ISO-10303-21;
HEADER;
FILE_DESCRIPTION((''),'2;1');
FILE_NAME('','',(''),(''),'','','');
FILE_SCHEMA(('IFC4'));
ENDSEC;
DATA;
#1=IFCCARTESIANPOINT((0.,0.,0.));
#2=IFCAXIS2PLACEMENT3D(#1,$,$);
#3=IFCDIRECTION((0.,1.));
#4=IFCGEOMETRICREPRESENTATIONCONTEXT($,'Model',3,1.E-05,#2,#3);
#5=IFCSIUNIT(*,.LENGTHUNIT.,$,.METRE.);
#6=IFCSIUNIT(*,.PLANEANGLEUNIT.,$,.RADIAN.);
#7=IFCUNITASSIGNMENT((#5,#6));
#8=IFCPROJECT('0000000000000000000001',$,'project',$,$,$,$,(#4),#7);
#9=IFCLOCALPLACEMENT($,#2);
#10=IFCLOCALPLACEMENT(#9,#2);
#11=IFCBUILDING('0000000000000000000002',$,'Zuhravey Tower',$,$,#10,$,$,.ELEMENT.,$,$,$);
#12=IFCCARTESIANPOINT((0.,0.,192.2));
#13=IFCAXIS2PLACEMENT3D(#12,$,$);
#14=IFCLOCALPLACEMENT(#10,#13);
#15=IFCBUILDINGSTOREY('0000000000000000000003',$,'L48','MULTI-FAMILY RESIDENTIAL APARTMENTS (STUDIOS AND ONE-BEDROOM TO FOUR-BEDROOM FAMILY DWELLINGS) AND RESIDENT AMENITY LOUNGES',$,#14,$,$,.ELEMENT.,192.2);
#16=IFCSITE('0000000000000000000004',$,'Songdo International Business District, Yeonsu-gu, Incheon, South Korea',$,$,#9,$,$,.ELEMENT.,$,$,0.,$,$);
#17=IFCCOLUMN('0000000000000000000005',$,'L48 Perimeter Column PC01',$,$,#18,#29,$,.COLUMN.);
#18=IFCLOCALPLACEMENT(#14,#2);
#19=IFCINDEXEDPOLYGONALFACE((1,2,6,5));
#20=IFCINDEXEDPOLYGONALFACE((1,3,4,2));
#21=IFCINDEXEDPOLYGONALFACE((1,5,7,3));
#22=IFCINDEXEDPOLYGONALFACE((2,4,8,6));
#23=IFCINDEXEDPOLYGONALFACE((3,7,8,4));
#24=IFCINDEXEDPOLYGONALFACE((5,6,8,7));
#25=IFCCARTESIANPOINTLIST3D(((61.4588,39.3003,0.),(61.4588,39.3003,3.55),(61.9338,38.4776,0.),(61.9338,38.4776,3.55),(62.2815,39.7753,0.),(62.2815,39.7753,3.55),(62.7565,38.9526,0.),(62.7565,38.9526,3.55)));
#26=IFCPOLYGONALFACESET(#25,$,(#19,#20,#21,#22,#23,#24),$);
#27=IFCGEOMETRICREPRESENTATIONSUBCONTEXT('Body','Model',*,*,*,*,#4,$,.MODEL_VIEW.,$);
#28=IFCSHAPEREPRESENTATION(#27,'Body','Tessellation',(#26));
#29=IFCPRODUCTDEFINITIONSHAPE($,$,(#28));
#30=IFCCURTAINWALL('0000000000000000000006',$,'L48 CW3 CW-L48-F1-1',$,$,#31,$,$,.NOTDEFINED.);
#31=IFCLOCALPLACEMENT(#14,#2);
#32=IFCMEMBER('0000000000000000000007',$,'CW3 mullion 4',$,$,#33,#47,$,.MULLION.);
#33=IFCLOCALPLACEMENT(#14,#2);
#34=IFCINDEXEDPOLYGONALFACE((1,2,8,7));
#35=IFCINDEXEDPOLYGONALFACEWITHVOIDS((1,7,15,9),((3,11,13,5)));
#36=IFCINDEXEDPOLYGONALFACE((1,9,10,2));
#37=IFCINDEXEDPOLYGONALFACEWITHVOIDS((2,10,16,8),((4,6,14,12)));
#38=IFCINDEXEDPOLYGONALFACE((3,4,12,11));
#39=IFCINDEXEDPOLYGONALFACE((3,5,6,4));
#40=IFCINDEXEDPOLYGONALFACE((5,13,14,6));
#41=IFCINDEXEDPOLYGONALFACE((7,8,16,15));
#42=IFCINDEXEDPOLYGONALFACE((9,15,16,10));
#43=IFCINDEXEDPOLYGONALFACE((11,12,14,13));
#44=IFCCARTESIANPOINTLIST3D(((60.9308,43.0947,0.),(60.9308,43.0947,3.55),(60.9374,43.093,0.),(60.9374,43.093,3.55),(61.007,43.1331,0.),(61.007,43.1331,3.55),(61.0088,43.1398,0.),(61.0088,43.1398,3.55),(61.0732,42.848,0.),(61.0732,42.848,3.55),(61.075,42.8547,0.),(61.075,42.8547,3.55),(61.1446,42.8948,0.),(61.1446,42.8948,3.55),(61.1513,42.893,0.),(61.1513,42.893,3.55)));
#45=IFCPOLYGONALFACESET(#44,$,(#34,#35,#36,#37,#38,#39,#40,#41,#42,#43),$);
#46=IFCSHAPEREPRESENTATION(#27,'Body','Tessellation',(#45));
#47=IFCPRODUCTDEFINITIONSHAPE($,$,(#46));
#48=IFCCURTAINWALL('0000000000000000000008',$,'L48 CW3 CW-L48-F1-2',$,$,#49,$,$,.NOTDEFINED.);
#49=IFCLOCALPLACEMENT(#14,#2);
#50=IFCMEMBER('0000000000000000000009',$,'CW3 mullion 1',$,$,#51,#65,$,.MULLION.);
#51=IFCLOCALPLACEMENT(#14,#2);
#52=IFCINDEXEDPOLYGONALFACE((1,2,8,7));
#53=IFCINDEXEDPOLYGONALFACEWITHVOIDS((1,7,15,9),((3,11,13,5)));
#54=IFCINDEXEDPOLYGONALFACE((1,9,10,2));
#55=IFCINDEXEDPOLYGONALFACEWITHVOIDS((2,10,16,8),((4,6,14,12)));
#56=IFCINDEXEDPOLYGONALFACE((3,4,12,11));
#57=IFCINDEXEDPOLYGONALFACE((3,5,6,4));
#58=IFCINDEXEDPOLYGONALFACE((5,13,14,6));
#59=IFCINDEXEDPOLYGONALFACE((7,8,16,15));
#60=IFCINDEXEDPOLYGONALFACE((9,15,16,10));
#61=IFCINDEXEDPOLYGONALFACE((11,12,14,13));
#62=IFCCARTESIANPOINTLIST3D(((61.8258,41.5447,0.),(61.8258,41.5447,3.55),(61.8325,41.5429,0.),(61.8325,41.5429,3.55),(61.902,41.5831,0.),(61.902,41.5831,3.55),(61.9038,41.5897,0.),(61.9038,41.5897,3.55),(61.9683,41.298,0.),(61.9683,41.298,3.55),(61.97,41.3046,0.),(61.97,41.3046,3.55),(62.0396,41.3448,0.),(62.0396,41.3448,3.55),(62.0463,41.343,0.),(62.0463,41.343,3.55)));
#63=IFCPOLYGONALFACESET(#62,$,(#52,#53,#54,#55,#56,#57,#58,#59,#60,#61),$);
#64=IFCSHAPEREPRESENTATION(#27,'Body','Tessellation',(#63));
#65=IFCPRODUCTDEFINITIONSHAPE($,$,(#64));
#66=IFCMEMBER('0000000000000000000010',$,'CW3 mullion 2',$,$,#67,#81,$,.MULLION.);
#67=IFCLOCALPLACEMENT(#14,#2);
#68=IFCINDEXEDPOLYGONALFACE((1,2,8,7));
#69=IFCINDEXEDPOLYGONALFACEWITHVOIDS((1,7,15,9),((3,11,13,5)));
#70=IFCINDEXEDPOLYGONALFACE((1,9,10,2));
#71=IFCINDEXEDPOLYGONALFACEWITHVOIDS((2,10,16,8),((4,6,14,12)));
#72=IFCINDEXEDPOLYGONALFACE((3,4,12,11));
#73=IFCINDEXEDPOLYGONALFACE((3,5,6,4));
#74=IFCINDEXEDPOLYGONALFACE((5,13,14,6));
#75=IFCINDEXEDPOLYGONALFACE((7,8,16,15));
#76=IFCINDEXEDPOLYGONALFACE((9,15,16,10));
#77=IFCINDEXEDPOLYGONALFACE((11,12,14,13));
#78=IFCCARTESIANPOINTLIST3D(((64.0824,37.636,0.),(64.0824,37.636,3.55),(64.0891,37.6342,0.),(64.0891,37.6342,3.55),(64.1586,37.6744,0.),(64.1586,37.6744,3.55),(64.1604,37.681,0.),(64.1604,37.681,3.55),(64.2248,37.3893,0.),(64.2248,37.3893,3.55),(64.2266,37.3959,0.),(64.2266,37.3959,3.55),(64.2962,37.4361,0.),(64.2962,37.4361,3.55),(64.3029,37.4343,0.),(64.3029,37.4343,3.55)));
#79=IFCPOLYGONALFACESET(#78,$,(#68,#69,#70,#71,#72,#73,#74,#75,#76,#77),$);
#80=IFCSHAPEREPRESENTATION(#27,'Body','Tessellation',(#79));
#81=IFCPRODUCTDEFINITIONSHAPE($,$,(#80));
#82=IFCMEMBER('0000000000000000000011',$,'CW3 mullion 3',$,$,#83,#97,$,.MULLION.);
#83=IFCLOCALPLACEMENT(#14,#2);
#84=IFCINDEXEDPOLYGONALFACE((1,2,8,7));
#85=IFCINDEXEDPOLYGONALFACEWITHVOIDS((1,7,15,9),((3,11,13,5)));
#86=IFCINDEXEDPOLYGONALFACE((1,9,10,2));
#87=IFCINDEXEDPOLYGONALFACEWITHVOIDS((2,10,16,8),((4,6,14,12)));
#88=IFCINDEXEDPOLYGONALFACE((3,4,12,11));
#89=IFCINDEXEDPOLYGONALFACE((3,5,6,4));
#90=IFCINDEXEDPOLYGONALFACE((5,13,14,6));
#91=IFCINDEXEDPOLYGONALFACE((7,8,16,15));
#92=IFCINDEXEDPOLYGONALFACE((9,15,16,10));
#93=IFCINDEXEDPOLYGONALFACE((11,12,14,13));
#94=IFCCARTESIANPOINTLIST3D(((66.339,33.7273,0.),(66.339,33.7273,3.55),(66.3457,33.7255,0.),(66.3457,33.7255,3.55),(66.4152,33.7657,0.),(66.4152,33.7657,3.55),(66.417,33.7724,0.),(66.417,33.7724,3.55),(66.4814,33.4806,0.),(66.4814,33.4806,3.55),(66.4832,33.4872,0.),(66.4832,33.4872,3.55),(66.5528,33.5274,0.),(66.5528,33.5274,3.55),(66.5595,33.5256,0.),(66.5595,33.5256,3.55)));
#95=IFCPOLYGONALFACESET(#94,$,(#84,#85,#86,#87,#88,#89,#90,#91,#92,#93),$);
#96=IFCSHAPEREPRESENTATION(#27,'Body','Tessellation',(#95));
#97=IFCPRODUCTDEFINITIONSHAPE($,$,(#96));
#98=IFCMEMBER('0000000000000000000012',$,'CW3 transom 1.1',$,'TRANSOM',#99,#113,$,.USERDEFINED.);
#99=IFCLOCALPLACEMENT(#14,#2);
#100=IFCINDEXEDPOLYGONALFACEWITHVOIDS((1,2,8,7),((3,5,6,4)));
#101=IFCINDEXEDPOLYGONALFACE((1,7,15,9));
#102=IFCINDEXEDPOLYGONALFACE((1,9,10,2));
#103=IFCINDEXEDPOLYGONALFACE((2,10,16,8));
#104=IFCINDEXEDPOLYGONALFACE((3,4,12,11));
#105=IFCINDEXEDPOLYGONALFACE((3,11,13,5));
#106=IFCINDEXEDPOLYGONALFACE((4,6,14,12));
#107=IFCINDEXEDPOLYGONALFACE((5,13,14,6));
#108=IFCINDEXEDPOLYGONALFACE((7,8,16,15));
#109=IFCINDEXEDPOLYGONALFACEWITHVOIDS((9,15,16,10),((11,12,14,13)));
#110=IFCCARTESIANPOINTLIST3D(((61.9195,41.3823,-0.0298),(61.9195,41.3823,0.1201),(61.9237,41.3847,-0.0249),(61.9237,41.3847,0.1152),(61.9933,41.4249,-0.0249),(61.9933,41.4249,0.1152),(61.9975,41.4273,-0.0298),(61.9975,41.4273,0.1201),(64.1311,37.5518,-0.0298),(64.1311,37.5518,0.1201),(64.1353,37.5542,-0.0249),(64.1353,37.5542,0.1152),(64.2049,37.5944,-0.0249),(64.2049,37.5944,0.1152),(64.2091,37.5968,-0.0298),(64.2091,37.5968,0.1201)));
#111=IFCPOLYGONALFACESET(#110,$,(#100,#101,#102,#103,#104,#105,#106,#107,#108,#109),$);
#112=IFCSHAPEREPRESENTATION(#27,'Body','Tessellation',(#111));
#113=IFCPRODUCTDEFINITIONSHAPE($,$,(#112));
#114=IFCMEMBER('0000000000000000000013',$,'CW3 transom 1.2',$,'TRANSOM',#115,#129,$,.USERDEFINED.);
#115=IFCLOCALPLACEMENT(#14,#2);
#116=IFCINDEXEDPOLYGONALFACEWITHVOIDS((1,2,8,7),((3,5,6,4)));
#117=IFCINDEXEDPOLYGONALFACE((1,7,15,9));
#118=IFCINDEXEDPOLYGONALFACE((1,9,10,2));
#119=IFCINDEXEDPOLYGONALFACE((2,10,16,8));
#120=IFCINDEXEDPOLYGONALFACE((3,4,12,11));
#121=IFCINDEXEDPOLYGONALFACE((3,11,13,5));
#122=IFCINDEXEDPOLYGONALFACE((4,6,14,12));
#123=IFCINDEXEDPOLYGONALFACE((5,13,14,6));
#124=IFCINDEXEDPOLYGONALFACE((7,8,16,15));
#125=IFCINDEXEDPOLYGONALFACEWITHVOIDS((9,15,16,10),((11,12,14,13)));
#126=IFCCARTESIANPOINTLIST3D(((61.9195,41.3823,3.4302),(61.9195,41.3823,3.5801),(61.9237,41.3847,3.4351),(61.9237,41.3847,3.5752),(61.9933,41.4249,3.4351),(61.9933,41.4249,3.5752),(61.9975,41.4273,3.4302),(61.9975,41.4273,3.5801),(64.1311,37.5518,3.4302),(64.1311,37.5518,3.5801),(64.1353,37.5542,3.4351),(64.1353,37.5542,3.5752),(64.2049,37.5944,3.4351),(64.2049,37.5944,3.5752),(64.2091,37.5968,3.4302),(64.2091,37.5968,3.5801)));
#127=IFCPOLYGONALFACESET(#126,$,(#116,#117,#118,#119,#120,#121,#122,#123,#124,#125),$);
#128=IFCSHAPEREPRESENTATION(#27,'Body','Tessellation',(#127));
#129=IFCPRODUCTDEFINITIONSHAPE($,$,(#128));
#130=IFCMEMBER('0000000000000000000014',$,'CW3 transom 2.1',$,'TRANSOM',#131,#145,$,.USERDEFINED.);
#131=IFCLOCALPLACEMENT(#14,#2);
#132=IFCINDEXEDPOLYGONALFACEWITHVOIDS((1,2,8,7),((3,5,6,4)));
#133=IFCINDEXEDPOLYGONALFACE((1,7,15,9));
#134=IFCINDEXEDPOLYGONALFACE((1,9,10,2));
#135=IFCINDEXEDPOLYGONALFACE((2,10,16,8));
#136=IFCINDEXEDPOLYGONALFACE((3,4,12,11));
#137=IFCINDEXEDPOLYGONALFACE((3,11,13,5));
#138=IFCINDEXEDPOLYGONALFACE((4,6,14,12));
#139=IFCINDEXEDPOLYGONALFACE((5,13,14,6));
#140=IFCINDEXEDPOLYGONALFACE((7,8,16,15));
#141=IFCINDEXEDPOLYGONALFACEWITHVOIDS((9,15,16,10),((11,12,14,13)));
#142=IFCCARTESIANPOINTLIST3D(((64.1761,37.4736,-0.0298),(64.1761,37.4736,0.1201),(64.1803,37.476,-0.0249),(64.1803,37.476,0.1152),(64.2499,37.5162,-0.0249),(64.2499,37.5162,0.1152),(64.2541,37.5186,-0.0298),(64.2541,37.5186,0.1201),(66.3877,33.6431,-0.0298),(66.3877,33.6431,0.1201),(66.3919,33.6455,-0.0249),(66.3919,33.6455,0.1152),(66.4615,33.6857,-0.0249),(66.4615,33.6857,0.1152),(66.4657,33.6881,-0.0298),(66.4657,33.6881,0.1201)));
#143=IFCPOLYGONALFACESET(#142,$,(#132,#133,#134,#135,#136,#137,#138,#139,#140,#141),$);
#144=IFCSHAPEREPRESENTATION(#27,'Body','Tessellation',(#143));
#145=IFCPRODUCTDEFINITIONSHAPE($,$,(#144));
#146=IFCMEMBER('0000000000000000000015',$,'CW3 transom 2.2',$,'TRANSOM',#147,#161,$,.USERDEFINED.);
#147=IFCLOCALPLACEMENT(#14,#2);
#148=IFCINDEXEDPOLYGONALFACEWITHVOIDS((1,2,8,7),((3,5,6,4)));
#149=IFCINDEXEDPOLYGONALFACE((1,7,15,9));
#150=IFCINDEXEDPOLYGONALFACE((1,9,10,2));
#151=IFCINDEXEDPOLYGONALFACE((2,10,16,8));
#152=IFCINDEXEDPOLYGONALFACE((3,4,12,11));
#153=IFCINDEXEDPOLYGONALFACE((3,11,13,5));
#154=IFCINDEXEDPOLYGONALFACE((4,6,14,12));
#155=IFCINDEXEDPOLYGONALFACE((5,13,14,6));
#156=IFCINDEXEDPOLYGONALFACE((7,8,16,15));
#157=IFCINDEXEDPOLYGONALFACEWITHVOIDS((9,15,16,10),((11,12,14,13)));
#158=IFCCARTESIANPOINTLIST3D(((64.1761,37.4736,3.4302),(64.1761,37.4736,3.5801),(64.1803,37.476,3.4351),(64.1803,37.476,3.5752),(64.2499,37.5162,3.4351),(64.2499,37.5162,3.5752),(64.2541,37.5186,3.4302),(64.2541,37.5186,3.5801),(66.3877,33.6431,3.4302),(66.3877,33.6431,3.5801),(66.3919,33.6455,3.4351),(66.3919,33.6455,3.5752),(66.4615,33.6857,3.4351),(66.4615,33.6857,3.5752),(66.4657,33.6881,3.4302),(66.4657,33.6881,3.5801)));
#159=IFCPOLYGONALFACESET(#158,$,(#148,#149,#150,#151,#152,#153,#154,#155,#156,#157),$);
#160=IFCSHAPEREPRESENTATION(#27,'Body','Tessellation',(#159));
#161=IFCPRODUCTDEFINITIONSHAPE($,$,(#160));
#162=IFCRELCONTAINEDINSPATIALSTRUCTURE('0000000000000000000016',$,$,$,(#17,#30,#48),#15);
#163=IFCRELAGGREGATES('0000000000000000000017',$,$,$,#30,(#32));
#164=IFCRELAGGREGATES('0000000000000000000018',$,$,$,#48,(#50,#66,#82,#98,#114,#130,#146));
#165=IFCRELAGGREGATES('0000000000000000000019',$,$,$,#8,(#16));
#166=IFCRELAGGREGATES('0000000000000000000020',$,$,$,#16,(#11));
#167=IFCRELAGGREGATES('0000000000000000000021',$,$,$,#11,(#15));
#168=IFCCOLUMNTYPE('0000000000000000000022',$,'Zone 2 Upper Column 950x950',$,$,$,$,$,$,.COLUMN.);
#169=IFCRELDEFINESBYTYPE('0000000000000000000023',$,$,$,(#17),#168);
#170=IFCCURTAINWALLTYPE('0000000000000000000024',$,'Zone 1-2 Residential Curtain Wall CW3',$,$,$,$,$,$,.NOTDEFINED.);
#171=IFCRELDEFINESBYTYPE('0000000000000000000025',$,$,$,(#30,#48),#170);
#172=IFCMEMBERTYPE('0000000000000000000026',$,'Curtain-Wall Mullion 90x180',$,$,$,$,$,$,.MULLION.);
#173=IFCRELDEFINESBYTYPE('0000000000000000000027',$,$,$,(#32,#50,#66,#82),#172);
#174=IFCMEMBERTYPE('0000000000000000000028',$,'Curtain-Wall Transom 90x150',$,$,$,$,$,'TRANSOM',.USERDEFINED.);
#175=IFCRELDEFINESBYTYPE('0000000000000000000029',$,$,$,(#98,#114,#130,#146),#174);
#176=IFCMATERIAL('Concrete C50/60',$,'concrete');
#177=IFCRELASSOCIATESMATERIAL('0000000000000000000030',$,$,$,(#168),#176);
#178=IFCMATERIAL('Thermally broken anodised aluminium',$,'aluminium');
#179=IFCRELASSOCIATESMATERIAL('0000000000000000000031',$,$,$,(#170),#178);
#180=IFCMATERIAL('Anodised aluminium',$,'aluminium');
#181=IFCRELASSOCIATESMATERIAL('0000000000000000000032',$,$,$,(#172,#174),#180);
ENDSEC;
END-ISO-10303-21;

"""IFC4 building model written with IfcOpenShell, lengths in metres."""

from ifc_helpers import new_model, si_unit, direction, frame, origin, origin_2d, place, context, subcontext, project, spatial, rectangle, hollow_rectangle, extrude, material, material_profile, profile_set, type_object, element, aggregate, save


model = new_model("IFC4")

# Units and contexts
model_context = context("Model", 3, precision=1e-05, world=origin(), true_north=direction((0.0, 1.0)))
body_context = subcontext(model_context, "Body", "Model", "MODEL_VIEW")
ifc_project = project(units=[si_unit("LENGTHUNIT", "METRE"), si_unit("PLANEANGLEUNIT", "RADIAN")], contexts=[model_context])

# Site, building, storey
site_placement = place(None, origin())
site = spatial("IfcSite", under=ifc_project, at=site_placement, Name="Songdo International Business District, Yeonsu-gu, Incheon, South Korea", CompositionType="ELEMENT", RefElevation=0.0)
building_placement = place(site_placement, origin())
building = spatial("IfcBuilding", under=site, at=building_placement, Name="Zuhravey Tower", CompositionType="ELEMENT")
storey_placement = place(building_placement, frame((0.0, 0.0, 192.2)))
storey = spatial("IfcBuildingStorey", under=building, at=storey_placement, Name="L48", Description="MULTI-FAMILY RESIDENTIAL APARTMENTS (STUDIOS AND ONE-BEDROOM TO FOUR-BEDROOM FAMILY DWELLINGS) AND RESIDENT AMENITY LOUNGES", CompositionType="ELEMENT", Elevation=192.2)

# Column
ifc_material_1 = material(Name="Concrete C50/60", Category="concrete")
ifc_material_profile_1 = material_profile(ifc_material_1, rectangle(XDim=0.95, YDim=0.95, at=origin_2d()), Name="RC-950x950")
ifc_profile_set_1 = profile_set([ifc_material_profile_1], Name="Concrete C50/60")
column_type = type_object("IfcColumnType", Name="Zone 2 Upper Column 950x950", PredefinedType="COLUMN", material=ifc_profile_set_1)
column_placement = place(storey_placement, frame((62.1077, 39.1265, 0.0), z_axis=(0.0, 0.0, 1.0), x_axis=(-0.5, 0.866025, 0.0)))
element("IfcColumn", 1, at=column_placement, inside=storey, type_object=column_type, Name="L48 Perimeter Column PC01", PredefinedType="COLUMN", context=body_context, shape_type="SweptSolid", body=[
    extrude(rectangle(XDim=0.95, YDim=0.95, at=origin_2d()), origin(), (0.0, 0.0, 1.0), 3.55),
])

# Curtain wall, member
ifc_material_2 = material(Name="Thermally broken anodised aluminium", Category="aluminium")
curtain_wall_type = type_object("IfcCurtainWallType", Name="Zone 1-2 Residential Curtain Wall CW3", PredefinedType="NOTDEFINED", material=ifc_material_2)
curtain_wall_1_placement = place(storey_placement, origin())
curtain_wall_1 = element("IfcCurtainWall", 2, at=curtain_wall_1_placement, inside=storey, type_object=curtain_wall_type, Name="L48 CW3 CW-L48-F1-1", PredefinedType="NOTDEFINED")
ifc_material_3 = material(Name="Anodised aluminium", Category="aluminium")
ifc_material_profile_2 = material_profile(ifc_material_3, hollow_rectangle(XDim=0.0901, YDim=0.2849, WallThickness=0.0049, at=origin_2d()), Name="ALU-RHS-90x285x5")
ifc_profile_set_2 = profile_set([ifc_material_profile_2], Name="Anodised aluminium")
member_type_1 = type_object("IfcMemberType", Name="Curtain-Wall Mullion 90x180", PredefinedType="MULLION", material=ifc_profile_set_2)
member_1_placement = place(storey_placement, frame((61.041, 42.9939, 0.0), z_axis=(0.0, 0.0, 1.0), x_axis=(0.866024, 0.500002, 0.0)))
member_1 = element("IfcMember", 3, at=member_1_placement, type_object=member_type_1, Name="CW3 mullion 4", PredefinedType="MULLION", context=body_context, shape_type="SweptSolid", body=[
    extrude(hollow_rectangle(XDim=0.0901, YDim=0.2849, WallThickness=0.0049, at=origin_2d()), origin(), (0.0, 0.0, 1.0), 3.55),
])

# Curtain wall, members
curtain_wall_2_placement = place(storey_placement, origin())
curtain_wall_2 = element("IfcCurtainWall", 4, at=curtain_wall_2_placement, inside=storey, type_object=curtain_wall_type, Name="L48 CW3 CW-L48-F1-2", PredefinedType="NOTDEFINED")
member_2_placement = place(storey_placement, frame((61.936, 41.4438, 0.0), z_axis=(0.0, 0.0, 1.0), x_axis=(0.866028, 0.499996, 0.0)))
member_2 = element("IfcMember", 5, at=member_2_placement, type_object=member_type_1, Name="CW3 mullion 1", PredefinedType="MULLION", context=body_context, shape_type="SweptSolid", body=[
    extrude(hollow_rectangle(XDim=0.0901, YDim=0.2849, WallThickness=0.0049, at=origin_2d()), origin(), (0.0, 0.0, 1.0), 3.55),
])
member_3_placement = place(storey_placement, frame((64.1926, 37.5352, 0.0), z_axis=(0.0, 0.0, 1.0), x_axis=(0.866028, 0.499996, 0.0)))
member_3 = element("IfcMember", 6, at=member_3_placement, type_object=member_type_1, Name="CW3 mullion 2", PredefinedType="MULLION", context=body_context, shape_type="SweptSolid", body=[
    extrude(hollow_rectangle(XDim=0.0901, YDim=0.2849, WallThickness=0.0049, at=origin_2d()), origin(), (0.0, 0.0, 1.0), 3.55),
])
member_4_placement = place(storey_placement, frame((66.4492, 33.6265, 0.0), z_axis=(0.0, 0.0, 1.0), x_axis=(0.866028, 0.499996, 0.0)))
member_4 = element("IfcMember", 7, at=member_4_placement, type_object=member_type_1, Name="CW3 mullion 3", PredefinedType="MULLION", context=body_context, shape_type="SweptSolid", body=[
    extrude(hollow_rectangle(XDim=0.0901, YDim=0.2849, WallThickness=0.0049, at=origin_2d()), origin(), (0.0, 0.0, 1.0), 3.55),
])
ifc_material_profile_3 = material_profile(ifc_material_3, hollow_rectangle(XDim=0.0901, YDim=0.1499, WallThickness=0.0049, at=origin_2d()), Name="ALU-RHS-90x150x5")
ifc_profile_set_3 = profile_set([ifc_material_profile_3], Name="Anodised aluminium")
member_type_2 = type_object("IfcMemberType", Name="Curtain-Wall Transom 90x150", ElementType="TRANSOM", PredefinedType="USERDEFINED", material=ifc_profile_set_3)
member_5_placement = place(storey_placement, frame((61.9585, 41.4048, 0.0452), z_axis=(0.500015, -0.866016, 0.0), x_axis=(0.866016, 0.500015, 0.0)))
member_5 = element("IfcMember", 8, at=member_5_placement, type_object=member_type_2, Name="CW3 transom 1.1", ObjectType="TRANSOM", PredefinedType="USERDEFINED", context=body_context, shape_type="SweptSolid", body=[
    extrude(hollow_rectangle(XDim=0.0901, YDim=0.1499, WallThickness=0.0049, at=origin_2d()), origin(), (0.0, 0.0, 1.0), 4.4231),
])
member_6_placement = place(storey_placement, frame((61.9585, 41.4048, 3.5051), z_axis=(0.500015, -0.866016, 0.0), x_axis=(0.866016, 0.500015, 0.0)))
member_6 = element("IfcMember", 9, at=member_6_placement, type_object=member_type_2, Name="CW3 transom 1.2", ObjectType="TRANSOM", PredefinedType="USERDEFINED", context=body_context, shape_type="SweptSolid", body=[
    extrude(hollow_rectangle(XDim=0.0901, YDim=0.1499, WallThickness=0.0049, at=origin_2d()), origin(), (0.0, 0.0, 1.0), 4.4231),
])
member_7_placement = place(storey_placement, frame((64.2151, 37.4961, 0.0452), z_axis=(0.500015, -0.866016, 0.0), x_axis=(0.866016, 0.500015, 0.0)))
member_7 = element("IfcMember", 10, at=member_7_placement, type_object=member_type_2, Name="CW3 transom 2.1", ObjectType="TRANSOM", PredefinedType="USERDEFINED", context=body_context, shape_type="SweptSolid", body=[
    extrude(hollow_rectangle(XDim=0.0901, YDim=0.1499, WallThickness=0.0049, at=origin_2d()), origin(), (0.0, 0.0, 1.0), 4.4231),
])
member_8_placement = place(storey_placement, frame((64.2151, 37.4961, 3.5051), z_axis=(0.500015, -0.866016, 0.0), x_axis=(0.866016, 0.500015, 0.0)))
member_8 = element("IfcMember", 11, at=member_8_placement, type_object=member_type_2, Name="CW3 transom 2.2", ObjectType="TRANSOM", PredefinedType="USERDEFINED", context=body_context, shape_type="SweptSolid", body=[
    extrude(hollow_rectangle(XDim=0.0901, YDim=0.1499, WallThickness=0.0049, at=origin_2d()), origin(), (0.0, 0.0, 1.0), 4.4231),
])

aggregate(curtain_wall_1, [member_1])
aggregate(curtain_wall_2, [member_2, member_3, member_4, member_5, member_6, member_7, member_8])

save(model, "model.ifc")
